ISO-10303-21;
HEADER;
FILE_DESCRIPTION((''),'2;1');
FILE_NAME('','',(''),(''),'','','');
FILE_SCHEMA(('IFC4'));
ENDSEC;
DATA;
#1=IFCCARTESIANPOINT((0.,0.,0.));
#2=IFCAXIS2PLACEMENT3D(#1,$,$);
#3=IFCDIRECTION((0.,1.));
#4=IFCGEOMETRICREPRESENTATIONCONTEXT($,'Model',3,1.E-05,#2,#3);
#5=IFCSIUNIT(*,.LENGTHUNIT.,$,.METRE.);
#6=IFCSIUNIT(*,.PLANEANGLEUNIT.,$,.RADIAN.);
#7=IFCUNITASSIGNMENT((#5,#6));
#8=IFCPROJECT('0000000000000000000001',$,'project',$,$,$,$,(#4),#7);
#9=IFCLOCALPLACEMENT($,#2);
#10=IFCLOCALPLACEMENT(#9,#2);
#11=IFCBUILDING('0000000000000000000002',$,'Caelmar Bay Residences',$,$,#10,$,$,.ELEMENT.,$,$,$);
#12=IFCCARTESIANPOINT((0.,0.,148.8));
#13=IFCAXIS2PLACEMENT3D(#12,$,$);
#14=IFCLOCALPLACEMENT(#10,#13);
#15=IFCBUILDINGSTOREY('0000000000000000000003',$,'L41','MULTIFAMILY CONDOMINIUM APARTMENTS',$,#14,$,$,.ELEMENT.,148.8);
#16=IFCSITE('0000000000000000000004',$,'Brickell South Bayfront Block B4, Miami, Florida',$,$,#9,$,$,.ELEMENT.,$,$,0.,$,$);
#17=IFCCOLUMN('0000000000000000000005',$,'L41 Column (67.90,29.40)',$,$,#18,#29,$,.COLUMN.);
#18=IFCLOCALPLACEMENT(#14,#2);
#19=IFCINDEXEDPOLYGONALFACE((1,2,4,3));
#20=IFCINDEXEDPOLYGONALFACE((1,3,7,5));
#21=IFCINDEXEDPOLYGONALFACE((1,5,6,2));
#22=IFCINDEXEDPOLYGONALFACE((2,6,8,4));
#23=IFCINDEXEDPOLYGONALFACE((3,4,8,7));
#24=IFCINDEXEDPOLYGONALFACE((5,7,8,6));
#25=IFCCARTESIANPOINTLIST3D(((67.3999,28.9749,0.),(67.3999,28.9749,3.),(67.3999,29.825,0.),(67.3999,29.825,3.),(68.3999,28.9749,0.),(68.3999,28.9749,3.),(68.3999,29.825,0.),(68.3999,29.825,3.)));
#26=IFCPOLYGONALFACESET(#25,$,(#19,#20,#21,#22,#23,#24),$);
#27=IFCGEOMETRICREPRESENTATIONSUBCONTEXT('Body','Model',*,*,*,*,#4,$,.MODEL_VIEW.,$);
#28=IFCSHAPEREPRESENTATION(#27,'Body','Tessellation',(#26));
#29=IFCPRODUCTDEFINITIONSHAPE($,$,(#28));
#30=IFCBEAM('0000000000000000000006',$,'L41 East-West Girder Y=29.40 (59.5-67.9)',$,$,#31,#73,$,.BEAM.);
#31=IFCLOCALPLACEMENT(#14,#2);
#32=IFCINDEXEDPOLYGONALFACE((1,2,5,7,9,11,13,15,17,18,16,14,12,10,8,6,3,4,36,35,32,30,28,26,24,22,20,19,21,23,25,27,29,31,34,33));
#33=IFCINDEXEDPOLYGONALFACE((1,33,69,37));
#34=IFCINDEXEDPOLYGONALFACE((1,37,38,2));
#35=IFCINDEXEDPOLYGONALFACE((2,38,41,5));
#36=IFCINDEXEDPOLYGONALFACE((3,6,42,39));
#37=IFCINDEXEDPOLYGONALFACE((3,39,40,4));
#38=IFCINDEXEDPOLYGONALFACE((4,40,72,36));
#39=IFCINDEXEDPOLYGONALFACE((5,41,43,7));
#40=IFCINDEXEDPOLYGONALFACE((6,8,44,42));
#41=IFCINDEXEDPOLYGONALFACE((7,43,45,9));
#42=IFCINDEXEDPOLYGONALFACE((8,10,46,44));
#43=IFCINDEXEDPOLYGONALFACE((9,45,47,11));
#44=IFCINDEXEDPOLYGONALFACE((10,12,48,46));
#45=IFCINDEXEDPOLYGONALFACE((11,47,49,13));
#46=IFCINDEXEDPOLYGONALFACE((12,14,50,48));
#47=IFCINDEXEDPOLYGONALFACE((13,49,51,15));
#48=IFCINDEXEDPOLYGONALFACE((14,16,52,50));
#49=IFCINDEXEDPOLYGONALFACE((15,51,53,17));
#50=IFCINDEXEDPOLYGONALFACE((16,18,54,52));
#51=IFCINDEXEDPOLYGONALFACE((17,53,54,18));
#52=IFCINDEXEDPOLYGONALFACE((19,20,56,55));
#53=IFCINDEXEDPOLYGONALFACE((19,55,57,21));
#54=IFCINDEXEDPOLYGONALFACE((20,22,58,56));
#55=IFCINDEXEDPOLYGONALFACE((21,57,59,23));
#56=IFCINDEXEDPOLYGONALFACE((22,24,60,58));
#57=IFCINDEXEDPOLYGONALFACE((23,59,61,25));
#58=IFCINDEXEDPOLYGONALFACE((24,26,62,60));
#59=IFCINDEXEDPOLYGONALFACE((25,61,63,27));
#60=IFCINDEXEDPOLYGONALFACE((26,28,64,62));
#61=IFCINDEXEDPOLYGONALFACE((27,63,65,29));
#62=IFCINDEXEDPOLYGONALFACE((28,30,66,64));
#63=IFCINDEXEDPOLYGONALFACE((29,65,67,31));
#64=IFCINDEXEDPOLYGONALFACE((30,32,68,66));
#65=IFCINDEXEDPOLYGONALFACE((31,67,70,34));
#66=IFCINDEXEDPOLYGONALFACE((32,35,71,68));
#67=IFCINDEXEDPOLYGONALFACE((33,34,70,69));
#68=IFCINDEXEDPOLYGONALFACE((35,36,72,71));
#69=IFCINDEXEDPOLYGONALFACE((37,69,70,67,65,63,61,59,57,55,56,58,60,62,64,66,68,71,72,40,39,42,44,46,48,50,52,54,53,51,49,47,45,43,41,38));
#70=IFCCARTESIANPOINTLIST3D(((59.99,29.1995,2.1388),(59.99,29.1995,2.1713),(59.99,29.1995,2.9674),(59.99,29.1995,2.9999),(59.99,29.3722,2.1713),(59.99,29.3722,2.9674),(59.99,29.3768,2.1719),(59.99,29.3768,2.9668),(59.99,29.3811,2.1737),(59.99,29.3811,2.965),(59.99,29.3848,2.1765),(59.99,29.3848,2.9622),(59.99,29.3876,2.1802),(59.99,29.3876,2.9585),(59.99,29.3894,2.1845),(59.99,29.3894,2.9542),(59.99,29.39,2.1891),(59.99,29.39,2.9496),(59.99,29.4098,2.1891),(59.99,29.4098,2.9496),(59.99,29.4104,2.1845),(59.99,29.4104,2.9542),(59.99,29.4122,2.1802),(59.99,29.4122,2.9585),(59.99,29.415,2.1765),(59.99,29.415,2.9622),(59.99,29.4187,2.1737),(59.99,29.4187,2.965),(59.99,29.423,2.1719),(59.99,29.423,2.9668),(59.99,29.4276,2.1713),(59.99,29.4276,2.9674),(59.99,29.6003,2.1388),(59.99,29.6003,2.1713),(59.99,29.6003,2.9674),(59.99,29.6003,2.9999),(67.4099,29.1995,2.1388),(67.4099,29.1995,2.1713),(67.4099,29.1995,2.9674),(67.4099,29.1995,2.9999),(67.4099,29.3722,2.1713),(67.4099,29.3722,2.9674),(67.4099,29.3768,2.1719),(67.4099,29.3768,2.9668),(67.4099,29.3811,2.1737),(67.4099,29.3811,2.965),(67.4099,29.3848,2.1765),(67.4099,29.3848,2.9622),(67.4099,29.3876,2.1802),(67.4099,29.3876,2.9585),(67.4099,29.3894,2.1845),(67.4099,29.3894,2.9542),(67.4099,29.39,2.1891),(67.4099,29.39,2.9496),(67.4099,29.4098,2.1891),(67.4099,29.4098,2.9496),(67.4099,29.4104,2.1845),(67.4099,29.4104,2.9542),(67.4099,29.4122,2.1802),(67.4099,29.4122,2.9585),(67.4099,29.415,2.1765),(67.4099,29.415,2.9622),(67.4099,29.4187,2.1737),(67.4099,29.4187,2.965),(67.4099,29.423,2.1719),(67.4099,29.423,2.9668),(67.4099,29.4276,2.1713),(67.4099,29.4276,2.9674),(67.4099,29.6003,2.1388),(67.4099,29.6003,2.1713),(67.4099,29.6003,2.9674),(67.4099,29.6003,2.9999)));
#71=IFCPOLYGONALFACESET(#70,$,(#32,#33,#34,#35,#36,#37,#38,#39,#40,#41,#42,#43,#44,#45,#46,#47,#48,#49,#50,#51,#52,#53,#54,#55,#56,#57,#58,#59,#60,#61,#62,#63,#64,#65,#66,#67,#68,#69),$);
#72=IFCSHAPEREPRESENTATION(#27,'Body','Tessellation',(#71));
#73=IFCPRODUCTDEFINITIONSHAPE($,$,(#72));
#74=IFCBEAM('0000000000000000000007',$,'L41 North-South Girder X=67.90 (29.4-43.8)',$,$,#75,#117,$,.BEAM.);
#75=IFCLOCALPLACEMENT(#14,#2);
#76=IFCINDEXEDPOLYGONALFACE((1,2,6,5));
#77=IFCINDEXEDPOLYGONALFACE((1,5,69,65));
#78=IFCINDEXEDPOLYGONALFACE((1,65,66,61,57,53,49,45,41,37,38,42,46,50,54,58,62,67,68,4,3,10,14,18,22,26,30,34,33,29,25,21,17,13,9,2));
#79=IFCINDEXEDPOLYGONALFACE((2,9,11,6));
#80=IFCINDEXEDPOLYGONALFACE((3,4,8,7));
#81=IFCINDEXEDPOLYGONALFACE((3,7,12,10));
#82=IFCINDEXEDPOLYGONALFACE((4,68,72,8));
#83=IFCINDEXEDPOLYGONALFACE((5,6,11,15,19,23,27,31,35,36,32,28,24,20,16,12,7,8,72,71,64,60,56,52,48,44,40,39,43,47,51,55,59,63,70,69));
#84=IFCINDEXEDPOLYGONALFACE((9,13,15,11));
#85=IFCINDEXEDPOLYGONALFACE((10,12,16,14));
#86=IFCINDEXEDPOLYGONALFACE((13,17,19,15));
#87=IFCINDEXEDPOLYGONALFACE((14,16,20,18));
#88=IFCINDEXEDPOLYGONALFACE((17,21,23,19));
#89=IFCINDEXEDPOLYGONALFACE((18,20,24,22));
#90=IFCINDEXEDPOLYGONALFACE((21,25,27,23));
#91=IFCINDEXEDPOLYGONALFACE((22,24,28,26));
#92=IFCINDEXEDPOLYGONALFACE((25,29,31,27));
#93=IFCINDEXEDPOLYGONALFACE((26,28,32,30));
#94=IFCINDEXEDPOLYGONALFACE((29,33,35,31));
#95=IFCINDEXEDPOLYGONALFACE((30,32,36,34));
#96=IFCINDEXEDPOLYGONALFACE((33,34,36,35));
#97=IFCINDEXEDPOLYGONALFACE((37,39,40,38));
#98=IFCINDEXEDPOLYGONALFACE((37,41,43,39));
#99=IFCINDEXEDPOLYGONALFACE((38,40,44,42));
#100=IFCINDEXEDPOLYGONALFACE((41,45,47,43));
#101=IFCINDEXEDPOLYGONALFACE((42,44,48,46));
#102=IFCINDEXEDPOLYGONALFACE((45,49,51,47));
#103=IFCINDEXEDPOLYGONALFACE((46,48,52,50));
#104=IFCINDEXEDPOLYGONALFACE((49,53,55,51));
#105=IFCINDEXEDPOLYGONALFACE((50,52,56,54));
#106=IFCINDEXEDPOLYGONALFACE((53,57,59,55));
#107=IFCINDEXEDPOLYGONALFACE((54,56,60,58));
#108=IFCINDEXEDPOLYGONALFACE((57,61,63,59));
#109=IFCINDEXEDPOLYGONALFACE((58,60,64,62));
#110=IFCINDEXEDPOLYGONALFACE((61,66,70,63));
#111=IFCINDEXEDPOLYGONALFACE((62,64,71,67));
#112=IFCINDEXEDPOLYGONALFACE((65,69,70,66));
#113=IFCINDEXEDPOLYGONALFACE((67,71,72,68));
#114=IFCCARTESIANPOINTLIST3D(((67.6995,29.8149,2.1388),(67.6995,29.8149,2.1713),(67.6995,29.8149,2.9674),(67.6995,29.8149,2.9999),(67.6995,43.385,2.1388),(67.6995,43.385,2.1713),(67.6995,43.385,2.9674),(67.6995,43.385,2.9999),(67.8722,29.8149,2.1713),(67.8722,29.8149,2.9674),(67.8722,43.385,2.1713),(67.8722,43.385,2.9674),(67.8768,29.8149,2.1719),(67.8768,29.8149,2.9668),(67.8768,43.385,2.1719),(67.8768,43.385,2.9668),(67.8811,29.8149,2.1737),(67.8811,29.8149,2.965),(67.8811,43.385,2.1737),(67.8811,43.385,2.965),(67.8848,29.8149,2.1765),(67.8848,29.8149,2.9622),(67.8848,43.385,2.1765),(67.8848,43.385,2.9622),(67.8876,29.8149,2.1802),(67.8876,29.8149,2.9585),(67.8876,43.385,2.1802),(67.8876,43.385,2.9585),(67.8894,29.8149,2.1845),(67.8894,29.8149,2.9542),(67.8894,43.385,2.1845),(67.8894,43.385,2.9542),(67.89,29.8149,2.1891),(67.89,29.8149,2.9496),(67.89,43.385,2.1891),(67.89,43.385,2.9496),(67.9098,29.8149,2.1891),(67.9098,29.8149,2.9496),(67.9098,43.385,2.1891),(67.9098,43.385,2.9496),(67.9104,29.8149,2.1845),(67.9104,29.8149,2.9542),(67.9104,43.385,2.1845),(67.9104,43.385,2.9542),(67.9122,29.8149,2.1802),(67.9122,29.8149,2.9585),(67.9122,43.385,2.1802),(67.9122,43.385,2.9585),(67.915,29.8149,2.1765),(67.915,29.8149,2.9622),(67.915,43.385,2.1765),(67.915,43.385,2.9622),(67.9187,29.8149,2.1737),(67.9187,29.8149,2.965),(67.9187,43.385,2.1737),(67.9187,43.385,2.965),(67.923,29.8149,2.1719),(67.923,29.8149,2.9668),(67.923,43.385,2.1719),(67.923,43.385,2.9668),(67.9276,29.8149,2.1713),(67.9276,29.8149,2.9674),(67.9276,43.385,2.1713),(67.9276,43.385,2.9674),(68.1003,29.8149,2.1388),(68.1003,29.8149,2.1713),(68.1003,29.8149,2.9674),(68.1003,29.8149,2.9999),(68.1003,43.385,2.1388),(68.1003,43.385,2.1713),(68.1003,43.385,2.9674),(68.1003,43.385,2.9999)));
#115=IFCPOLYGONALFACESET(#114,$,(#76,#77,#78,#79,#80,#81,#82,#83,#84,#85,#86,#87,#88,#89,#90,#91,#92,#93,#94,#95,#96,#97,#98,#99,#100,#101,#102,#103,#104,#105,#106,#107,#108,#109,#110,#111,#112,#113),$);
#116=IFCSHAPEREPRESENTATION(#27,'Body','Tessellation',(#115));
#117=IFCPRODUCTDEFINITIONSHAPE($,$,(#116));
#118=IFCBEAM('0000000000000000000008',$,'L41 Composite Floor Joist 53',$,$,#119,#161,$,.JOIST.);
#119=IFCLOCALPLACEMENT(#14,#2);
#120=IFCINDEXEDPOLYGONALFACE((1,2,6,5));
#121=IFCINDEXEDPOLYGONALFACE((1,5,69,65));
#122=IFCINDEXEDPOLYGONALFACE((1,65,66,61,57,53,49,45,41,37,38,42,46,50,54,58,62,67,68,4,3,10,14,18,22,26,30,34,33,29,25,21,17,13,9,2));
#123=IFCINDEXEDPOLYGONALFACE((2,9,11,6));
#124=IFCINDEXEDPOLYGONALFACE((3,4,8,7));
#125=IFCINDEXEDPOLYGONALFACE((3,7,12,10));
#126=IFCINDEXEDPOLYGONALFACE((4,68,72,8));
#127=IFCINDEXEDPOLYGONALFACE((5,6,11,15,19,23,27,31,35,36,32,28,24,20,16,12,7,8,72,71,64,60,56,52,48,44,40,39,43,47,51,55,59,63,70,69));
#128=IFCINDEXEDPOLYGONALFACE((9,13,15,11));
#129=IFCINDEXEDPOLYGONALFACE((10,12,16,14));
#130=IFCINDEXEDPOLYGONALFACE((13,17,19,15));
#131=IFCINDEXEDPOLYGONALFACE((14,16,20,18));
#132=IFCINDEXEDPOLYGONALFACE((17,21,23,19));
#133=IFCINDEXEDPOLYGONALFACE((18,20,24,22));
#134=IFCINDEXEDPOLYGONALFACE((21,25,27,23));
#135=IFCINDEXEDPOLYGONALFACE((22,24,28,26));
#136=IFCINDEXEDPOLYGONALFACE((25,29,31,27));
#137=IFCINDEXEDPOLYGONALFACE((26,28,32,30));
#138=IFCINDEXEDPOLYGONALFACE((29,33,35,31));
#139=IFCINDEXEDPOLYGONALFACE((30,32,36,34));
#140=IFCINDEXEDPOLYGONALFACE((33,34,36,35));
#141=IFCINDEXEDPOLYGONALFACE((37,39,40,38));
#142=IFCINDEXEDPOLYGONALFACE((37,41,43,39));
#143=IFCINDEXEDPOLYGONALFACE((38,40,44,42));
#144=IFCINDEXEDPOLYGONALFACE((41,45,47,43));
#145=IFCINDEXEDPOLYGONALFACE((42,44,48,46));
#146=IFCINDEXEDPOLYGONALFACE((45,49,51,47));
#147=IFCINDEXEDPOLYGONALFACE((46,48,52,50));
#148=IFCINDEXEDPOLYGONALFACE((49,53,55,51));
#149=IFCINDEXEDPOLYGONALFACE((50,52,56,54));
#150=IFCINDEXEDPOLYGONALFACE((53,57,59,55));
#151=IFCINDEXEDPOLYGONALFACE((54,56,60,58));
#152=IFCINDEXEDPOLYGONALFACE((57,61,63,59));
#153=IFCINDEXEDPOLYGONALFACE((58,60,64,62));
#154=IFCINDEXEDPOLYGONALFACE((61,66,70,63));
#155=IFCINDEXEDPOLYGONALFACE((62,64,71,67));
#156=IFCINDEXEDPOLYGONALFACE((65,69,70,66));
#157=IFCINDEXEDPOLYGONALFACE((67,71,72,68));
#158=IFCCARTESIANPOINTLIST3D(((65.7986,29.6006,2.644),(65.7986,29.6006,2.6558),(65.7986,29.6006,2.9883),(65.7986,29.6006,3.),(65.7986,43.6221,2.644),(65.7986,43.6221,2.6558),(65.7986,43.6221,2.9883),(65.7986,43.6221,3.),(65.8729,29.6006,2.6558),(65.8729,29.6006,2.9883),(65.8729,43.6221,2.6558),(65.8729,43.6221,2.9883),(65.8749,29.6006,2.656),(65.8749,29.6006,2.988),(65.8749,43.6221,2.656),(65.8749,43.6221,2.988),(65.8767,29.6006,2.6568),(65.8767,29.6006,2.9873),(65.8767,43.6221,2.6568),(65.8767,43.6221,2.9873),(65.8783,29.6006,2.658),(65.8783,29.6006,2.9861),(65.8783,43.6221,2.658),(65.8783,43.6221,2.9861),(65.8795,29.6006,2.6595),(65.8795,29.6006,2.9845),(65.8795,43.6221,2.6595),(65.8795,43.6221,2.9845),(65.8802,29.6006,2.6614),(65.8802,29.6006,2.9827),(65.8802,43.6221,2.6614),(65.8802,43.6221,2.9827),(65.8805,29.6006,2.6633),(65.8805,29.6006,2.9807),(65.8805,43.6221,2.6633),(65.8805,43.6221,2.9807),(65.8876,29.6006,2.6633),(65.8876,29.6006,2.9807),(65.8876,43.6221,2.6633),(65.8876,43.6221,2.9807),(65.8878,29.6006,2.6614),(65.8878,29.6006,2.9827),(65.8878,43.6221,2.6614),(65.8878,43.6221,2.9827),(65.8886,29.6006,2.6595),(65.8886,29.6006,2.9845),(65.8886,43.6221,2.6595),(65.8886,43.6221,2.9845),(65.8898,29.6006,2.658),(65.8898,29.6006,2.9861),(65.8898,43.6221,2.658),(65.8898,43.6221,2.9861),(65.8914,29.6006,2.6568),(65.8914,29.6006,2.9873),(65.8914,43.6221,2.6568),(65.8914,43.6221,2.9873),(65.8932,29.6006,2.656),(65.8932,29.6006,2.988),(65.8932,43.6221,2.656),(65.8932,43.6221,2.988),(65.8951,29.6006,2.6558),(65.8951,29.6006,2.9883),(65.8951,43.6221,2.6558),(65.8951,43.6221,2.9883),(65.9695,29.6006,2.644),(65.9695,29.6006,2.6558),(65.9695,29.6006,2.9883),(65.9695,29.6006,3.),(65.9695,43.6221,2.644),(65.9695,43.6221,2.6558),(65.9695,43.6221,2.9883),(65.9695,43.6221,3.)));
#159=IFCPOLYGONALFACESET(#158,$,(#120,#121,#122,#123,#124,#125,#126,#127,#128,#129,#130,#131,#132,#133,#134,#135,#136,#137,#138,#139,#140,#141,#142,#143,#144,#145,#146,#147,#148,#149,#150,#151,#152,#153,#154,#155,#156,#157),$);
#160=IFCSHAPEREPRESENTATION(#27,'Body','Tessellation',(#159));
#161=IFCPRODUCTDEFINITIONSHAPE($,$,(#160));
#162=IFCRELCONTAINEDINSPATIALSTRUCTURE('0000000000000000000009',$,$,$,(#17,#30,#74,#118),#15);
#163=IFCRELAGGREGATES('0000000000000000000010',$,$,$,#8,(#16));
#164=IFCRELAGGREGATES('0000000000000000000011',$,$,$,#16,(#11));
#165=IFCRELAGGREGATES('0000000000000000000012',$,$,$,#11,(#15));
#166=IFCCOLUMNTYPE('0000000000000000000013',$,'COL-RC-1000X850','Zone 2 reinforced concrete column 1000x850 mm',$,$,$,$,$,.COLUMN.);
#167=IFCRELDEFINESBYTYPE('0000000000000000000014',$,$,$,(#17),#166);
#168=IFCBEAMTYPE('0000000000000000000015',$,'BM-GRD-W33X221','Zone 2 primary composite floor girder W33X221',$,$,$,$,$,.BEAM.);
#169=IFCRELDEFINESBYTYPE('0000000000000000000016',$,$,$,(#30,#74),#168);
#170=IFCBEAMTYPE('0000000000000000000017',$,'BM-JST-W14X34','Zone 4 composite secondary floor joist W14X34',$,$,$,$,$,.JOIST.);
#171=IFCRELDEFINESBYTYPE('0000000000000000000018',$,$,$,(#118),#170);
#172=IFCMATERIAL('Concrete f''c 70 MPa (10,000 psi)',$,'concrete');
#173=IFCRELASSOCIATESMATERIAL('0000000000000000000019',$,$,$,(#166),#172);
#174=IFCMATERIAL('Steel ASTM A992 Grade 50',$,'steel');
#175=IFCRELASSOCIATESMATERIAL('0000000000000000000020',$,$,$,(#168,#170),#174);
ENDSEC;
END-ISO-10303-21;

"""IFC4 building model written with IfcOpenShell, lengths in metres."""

from ifc_helpers import new_model, si_unit, direction, frame, origin, origin_2d, place, context, subcontext, project, spatial, rectangle, i_section, extrude, material, material_profile, profile_set, type_object, element, save


model = new_model("IFC4")

# Units and contexts
model_context = context("Model", 3, precision=1e-05, world=origin(), true_north=direction((0.0, 1.0)))
body_context = subcontext(model_context, "Body", "Model", "MODEL_VIEW")
ifc_project = project(units=[si_unit("LENGTHUNIT", "METRE"), si_unit("PLANEANGLEUNIT", "RADIAN")], contexts=[model_context])

# Site, building, storey
site_placement = place(None, origin())
site = spatial("IfcSite", under=ifc_project, at=site_placement, Name="Brickell South Bayfront Block B4, Miami, Florida", CompositionType="ELEMENT", RefElevation=0.0)
building_placement = place(site_placement, origin())
building = spatial("IfcBuilding", under=site, at=building_placement, Name="Caelmar Bay Residences", CompositionType="ELEMENT")
storey_placement = place(building_placement, frame((0.0, 0.0, 148.8)))
storey = spatial("IfcBuildingStorey", under=building, at=storey_placement, Name="L41", Description="MULTIFAMILY CONDOMINIUM APARTMENTS", CompositionType="ELEMENT", Elevation=148.8)

# Column
ifc_material_1 = material(Name="Concrete f'c 70 MPa (10,000 psi)", Category="concrete")
ifc_material_profile_1 = material_profile(ifc_material_1, rectangle(XDim=1.0, YDim=0.8501, at=origin_2d()), Name="RC-COL-1000X850")
ifc_profile_set_1 = profile_set([ifc_material_profile_1], Name="Concrete f'c 70 MPa (10,000 psi)")
column_type = type_object("IfcColumnType", Name="COL-RC-1000X850", Description="Zone 2 reinforced concrete column 1000x850 mm", PredefinedType="COLUMN", material=ifc_profile_set_1)
column_placement = place(storey_placement, frame((67.8999, 29.3999, 0.0), z_axis=(0.0, 0.0, 1.0), x_axis=(1.0, 0.0, 0.0)))
element("IfcColumn", 1, at=column_placement, inside=storey, type_object=column_type, Name="L41 Column (67.90,29.40)", PredefinedType="COLUMN", context=body_context, shape_type="SweptSolid", body=[
    extrude(rectangle(XDim=1.0, YDim=0.8501, at=origin_2d()), origin(), (0.0, 0.0, 1.0), 3.0),
])

# Beams
ifc_material_2 = material(Name="Steel ASTM A992 Grade 50", Category="steel")
ifc_material_profile_2 = material_profile(ifc_material_2, i_section(OverallWidth=0.4009, OverallDepth=0.8611, WebThickness=0.0198, FlangeThickness=0.0325, FilletRadius=0.0178, at=origin_2d()), Name="W33X221")
ifc_profile_set_2 = profile_set([ifc_material_profile_2], Name="Steel ASTM A992 Grade 50")
beam_type_1 = type_object("IfcBeamType", Name="BM-GRD-W33X221", Description="Zone 2 primary composite floor girder W33X221", PredefinedType="BEAM", material=ifc_profile_set_2)
beam_1_placement = place(storey_placement, frame((59.99, 29.3999, 2.5693), z_axis=(1.0, 0.0, 0.0), x_axis=(0.0, 1.0, 0.0)))
element("IfcBeam", 2, at=beam_1_placement, inside=storey, type_object=beam_type_1, Name="L41 East-West Girder Y=29.40 (59.5-67.9)", PredefinedType="BEAM", context=body_context, shape_type="SweptSolid", body=[
    extrude(i_section(OverallWidth=0.4009, OverallDepth=0.8611, WebThickness=0.0198, FlangeThickness=0.0325, FilletRadius=0.0178, at=origin_2d()), origin(), (0.0, 0.0, 1.0), 7.4199),
])
beam_2_placement = place(storey_placement, frame((67.8999, 29.8149, 2.5693), z_axis=(0.0, 1.0, 0.0), x_axis=(-1.0, 0.0, 0.0)))
element("IfcBeam", 3, at=beam_2_placement, inside=storey, type_object=beam_type_1, Name="L41 North-South Girder X=67.90 (29.4-43.8)", PredefinedType="BEAM", context=body_context, shape_type="SweptSolid", body=[
    extrude(i_section(OverallWidth=0.4009, OverallDepth=0.8611, WebThickness=0.0198, FlangeThickness=0.0325, FilletRadius=0.0178, at=origin_2d()), origin(), (0.0, 0.0, 1.0), 13.5701),
])
ifc_material_profile_3 = material_profile(ifc_material_2, i_section(OverallWidth=0.1709, OverallDepth=0.356, WebThickness=0.0071, FlangeThickness=0.0117, FilletRadius=0.0076, at=origin_2d()), Name="W14X34")
ifc_profile_set_3 = profile_set([ifc_material_profile_3], Name="Steel ASTM A992 Grade 50")
beam_type_2 = type_object("IfcBeamType", Name="BM-JST-W14X34", Description="Zone 4 composite secondary floor joist W14X34", PredefinedType="JOIST", material=ifc_profile_set_3)
beam_3_placement = place(storey_placement, frame((65.884, 29.6006, 2.822), z_axis=(0.0, 1.0, 0.0), x_axis=(-1.0, 0.0, 0.0)))
element("IfcBeam", 4, at=beam_3_placement, inside=storey, type_object=beam_type_2, Name="L41 Composite Floor Joist 53", PredefinedType="JOIST", context=body_context, shape_type="SweptSolid", body=[
    extrude(i_section(OverallWidth=0.1709, OverallDepth=0.356, WebThickness=0.0071, FlangeThickness=0.0117, FilletRadius=0.0076, at=origin_2d()), origin(), (0.0, 0.0, 1.0), 14.0215),
])

save(model, "model.ifc")
